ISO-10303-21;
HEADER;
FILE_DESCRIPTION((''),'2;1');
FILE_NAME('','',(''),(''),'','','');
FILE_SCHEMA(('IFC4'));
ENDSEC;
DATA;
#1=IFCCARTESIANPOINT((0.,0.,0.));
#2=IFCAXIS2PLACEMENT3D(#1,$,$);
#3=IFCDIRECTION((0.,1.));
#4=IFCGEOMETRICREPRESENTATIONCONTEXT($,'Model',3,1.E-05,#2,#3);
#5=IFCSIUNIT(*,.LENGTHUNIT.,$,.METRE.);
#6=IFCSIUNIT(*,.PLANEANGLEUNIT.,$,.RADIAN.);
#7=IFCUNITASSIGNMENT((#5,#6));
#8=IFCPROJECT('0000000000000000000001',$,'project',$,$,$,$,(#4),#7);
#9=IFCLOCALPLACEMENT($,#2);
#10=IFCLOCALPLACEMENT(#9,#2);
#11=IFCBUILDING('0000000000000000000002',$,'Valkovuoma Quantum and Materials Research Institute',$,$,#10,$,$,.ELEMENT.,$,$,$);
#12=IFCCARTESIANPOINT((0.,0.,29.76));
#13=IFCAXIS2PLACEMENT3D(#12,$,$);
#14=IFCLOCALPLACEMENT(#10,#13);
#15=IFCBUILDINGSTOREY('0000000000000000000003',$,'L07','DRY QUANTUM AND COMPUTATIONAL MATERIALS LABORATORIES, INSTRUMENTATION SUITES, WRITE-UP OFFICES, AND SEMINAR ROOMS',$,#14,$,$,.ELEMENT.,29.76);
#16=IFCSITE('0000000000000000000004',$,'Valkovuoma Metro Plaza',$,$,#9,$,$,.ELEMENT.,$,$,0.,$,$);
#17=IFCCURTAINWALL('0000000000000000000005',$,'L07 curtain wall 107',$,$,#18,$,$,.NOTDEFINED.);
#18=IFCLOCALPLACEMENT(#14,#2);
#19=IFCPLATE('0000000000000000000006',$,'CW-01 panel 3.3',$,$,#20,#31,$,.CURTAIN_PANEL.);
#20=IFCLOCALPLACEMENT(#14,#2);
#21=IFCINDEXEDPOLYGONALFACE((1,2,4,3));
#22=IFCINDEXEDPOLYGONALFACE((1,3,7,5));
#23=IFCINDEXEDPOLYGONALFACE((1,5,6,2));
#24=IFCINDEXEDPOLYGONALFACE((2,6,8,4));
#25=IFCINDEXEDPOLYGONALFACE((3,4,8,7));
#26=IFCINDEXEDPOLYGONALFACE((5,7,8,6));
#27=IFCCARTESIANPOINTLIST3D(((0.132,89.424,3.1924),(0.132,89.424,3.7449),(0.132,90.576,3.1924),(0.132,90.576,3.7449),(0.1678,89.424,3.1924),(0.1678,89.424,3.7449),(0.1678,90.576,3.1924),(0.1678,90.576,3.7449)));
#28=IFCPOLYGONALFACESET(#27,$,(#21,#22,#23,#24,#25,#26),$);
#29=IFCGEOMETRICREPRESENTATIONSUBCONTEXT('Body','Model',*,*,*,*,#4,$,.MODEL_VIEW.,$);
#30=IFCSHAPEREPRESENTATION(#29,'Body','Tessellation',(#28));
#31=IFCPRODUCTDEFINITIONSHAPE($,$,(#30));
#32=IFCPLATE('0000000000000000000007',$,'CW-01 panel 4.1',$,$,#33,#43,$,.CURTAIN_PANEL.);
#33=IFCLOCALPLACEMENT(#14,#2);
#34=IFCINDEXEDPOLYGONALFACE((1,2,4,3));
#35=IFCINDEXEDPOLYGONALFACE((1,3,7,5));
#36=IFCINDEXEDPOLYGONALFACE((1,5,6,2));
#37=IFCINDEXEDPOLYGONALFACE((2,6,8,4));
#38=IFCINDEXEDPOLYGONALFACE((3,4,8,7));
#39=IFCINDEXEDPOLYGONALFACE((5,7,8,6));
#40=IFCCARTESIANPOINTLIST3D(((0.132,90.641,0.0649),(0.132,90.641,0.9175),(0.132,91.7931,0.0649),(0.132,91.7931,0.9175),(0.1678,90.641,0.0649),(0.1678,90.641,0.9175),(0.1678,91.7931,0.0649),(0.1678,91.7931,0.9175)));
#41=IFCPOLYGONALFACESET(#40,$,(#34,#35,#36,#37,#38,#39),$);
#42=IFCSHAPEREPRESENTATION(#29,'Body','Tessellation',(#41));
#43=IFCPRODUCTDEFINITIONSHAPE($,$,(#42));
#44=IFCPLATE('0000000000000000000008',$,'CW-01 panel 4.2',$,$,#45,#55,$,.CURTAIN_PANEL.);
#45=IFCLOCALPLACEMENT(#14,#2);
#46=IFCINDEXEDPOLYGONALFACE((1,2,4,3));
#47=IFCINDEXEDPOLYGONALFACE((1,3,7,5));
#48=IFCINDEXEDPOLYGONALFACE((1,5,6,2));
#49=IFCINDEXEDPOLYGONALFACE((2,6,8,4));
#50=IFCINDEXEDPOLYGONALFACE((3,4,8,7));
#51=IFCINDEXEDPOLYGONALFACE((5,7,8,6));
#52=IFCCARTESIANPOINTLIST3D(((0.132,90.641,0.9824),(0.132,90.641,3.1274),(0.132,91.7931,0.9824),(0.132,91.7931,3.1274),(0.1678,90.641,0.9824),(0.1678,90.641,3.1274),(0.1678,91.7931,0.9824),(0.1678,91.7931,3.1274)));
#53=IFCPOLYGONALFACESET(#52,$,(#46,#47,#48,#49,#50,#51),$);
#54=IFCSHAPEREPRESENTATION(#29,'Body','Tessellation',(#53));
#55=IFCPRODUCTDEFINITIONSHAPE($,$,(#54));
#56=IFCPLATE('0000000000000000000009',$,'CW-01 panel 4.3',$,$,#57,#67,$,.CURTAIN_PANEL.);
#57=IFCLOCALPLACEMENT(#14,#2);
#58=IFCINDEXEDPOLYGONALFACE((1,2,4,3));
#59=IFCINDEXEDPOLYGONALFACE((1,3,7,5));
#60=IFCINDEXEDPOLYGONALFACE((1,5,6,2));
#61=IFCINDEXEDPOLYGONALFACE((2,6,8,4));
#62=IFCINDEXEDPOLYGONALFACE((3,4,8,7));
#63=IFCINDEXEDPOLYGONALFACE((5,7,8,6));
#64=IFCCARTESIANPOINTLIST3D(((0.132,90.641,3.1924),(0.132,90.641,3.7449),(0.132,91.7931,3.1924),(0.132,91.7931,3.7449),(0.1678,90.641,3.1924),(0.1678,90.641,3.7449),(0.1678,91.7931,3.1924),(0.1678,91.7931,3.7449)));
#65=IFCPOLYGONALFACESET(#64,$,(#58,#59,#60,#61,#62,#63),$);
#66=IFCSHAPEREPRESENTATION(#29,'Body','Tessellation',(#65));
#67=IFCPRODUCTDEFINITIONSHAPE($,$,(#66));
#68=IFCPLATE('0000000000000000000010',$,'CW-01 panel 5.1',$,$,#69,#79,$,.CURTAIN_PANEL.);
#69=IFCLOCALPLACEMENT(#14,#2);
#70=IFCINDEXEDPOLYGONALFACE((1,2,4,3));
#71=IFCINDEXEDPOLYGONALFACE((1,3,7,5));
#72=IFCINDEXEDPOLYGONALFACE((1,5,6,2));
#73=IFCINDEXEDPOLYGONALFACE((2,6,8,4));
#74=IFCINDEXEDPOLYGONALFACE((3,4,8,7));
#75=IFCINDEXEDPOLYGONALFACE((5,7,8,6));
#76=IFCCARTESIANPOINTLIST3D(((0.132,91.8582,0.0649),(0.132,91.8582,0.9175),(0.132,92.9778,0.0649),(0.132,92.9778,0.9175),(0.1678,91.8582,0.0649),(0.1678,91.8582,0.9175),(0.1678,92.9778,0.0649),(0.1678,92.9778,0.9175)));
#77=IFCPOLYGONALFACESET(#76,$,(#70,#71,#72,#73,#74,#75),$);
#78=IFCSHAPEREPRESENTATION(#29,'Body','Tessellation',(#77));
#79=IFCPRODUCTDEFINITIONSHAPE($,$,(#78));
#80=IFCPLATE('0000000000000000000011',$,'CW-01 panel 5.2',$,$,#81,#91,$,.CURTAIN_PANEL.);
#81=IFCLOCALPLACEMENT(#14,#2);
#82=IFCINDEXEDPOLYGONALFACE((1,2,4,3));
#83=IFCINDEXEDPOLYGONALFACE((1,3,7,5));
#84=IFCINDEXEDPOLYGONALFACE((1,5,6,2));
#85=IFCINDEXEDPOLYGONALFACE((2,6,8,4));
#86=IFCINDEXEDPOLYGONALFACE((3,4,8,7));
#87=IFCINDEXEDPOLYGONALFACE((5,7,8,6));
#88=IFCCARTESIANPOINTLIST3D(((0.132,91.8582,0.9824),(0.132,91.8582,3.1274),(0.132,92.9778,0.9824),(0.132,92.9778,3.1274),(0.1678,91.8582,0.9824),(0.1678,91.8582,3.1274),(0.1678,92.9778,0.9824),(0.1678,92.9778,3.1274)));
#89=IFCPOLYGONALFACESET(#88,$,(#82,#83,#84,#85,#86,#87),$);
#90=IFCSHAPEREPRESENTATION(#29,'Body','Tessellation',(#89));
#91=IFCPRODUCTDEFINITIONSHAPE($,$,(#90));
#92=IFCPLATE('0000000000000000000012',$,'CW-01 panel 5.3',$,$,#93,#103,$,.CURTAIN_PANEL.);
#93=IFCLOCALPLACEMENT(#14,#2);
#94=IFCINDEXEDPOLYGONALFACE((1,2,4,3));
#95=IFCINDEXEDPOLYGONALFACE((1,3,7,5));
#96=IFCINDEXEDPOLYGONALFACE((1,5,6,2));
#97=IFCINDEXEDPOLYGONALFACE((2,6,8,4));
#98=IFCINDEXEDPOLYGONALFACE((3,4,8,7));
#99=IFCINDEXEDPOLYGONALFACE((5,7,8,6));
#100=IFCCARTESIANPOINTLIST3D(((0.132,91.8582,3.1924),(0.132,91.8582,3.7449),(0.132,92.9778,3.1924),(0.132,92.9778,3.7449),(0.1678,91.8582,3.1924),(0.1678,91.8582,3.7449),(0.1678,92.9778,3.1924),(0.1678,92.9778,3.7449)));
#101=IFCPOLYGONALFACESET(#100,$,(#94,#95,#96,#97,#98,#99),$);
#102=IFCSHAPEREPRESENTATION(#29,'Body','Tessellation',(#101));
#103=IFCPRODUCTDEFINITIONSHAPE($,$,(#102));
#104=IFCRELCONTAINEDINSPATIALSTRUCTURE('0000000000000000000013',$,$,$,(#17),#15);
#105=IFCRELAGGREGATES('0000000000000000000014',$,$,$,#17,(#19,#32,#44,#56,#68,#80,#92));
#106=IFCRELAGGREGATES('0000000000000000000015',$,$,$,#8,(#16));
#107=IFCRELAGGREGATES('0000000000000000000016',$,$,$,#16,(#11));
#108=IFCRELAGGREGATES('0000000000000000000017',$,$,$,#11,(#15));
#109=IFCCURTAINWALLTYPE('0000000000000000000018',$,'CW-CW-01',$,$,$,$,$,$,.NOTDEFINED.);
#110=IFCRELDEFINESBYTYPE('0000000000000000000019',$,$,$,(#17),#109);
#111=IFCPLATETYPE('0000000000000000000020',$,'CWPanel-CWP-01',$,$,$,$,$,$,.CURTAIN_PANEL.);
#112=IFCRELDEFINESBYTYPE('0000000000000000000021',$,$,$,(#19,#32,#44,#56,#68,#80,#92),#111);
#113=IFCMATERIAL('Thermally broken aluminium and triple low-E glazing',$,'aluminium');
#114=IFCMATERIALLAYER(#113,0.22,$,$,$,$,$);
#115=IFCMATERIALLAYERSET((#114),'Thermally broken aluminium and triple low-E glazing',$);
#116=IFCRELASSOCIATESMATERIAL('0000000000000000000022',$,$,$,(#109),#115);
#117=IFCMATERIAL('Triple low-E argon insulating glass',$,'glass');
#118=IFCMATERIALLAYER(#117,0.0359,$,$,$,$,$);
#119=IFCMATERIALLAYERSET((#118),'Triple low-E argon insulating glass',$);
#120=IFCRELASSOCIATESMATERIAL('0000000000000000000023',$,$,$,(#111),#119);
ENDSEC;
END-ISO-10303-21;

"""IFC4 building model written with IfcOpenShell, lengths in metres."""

from ifc_helpers import new_model, si_unit, direction, frame, origin, origin_2d, place, context, subcontext, project, spatial, rectangle, extrude, material, layer, layer_set, type_object, element, aggregate, save


model = new_model("IFC4")

# Units and contexts
model_context = context("Model", 3, precision=1e-05, world=origin(), true_north=direction((0.0, 1.0)))
body_context = subcontext(model_context, "Body", "Model", "MODEL_VIEW")
ifc_project = project(units=[si_unit("LENGTHUNIT", "METRE"), si_unit("PLANEANGLEUNIT", "RADIAN")], contexts=[model_context])

# Site, building, storey
site_placement = place(None, origin())
site = spatial("IfcSite", under=ifc_project, at=site_placement, Name="Valkovuoma Metro Plaza", CompositionType="ELEMENT", RefElevation=0.0)
building_placement = place(site_placement, origin())
building = spatial("IfcBuilding", under=site, at=building_placement, Name="Valkovuoma Quantum and Materials Research Institute", CompositionType="ELEMENT")
storey_placement = place(building_placement, frame((0.0, 0.0, 29.76)))
storey = spatial("IfcBuildingStorey", under=building, at=storey_placement, Name="L07", Description="DRY QUANTUM AND COMPUTATIONAL MATERIALS LABORATORIES, INSTRUMENTATION SUITES, WRITE-UP OFFICES, AND SEMINAR ROOMS", CompositionType="ELEMENT", Elevation=29.76)

# Curtain wall, plates
ifc_material_1 = material(Name="Thermally broken aluminium and triple low-E glazing", Category="aluminium")
ifc_layer_1 = layer(ifc_material_1, 0.22)
ifc_layer_set_1 = layer_set([ifc_layer_1], Name="Thermally broken aluminium and triple low-E glazing")
curtain_wall_type = type_object("IfcCurtainWallType", Name="CW-CW-01", PredefinedType="NOTDEFINED", material=ifc_layer_set_1)
curtain_wall_placement = place(storey_placement, origin())
curtain_wall = element("IfcCurtainWall", 1, at=curtain_wall_placement, inside=storey, type_object=curtain_wall_type, Name="L07 curtain wall 107", PredefinedType="NOTDEFINED")
ifc_material_2 = material(Name="Triple low-E argon insulating glass", Category="glass")
ifc_layer_2 = layer(ifc_material_2, 0.0359)
ifc_layer_set_2 = layer_set([ifc_layer_2], Name="Triple low-E argon insulating glass")
plate_type = type_object("IfcPlateType", Name="CWPanel-CWP-01", PredefinedType="CURTAIN_PANEL", material=ifc_layer_set_2)
plate_1_placement = place(storey_placement, frame((0.1499, 90.0, 3.1924), z_axis=(0.0, 0.0, 1.0), x_axis=(0.0, 1.0, 0.0)))
plate_1 = element("IfcPlate", 2, at=plate_1_placement, type_object=plate_type, Name="CW-01 panel 3.3", PredefinedType="CURTAIN_PANEL", context=body_context, shape_type="SweptSolid", body=[
    extrude(rectangle(XDim=1.1521, YDim=0.0359, at=origin_2d()), origin(), (0.0, 0.0, 1.0), 0.5525),
])
plate_2_placement = place(storey_placement, frame((0.1499, 91.217, 0.0649), z_axis=(0.0, 0.0, 1.0), x_axis=(0.0, 1.0, 0.0)))
plate_2 = element("IfcPlate", 3, at=plate_2_placement, type_object=plate_type, Name="CW-01 panel 4.1", PredefinedType="CURTAIN_PANEL", context=body_context, shape_type="SweptSolid", body=[
    extrude(rectangle(XDim=1.1521, YDim=0.0359, at=origin_2d()), origin(), (0.0, 0.0, 1.0), 0.8525),
])
plate_3_placement = place(storey_placement, frame((0.1499, 91.217, 0.9824), z_axis=(0.0, 0.0, 1.0), x_axis=(0.0, 1.0, 0.0)))
plate_3 = element("IfcPlate", 4, at=plate_3_placement, type_object=plate_type, Name="CW-01 panel 4.2", PredefinedType="CURTAIN_PANEL", context=body_context, shape_type="SweptSolid", body=[
    extrude(rectangle(XDim=1.1521, YDim=0.0359, at=origin_2d()), origin(), (0.0, 0.0, 1.0), 2.145),
])
plate_4_placement = place(storey_placement, frame((0.1499, 91.217, 3.1924), z_axis=(0.0, 0.0, 1.0), x_axis=(0.0, 1.0, 0.0)))
plate_4 = element("IfcPlate", 5, at=plate_4_placement, type_object=plate_type, Name="CW-01 panel 4.3", PredefinedType="CURTAIN_PANEL", context=body_context, shape_type="SweptSolid", body=[
    extrude(rectangle(XDim=1.1521, YDim=0.0359, at=origin_2d()), origin(), (0.0, 0.0, 1.0), 0.5525),
])
plate_5_placement = place(storey_placement, frame((0.1499, 92.418, 0.0649), z_axis=(0.0, 0.0, 1.0), x_axis=(0.0, 1.0, 0.0)))
plate_5 = element("IfcPlate", 6, at=plate_5_placement, type_object=plate_type, Name="CW-01 panel 5.1", PredefinedType="CURTAIN_PANEL", context=body_context, shape_type="SweptSolid", body=[
    extrude(rectangle(XDim=1.1196, YDim=0.0359, at=origin_2d()), origin(), (0.0, 0.0, 1.0), 0.8525),
])
plate_6_placement = place(storey_placement, frame((0.1499, 92.418, 0.9824), z_axis=(0.0, 0.0, 1.0), x_axis=(0.0, 1.0, 0.0)))
plate_6 = element("IfcPlate", 7, at=plate_6_placement, type_object=plate_type, Name="CW-01 panel 5.2", PredefinedType="CURTAIN_PANEL", context=body_context, shape_type="SweptSolid", body=[
    extrude(rectangle(XDim=1.1196, YDim=0.0359, at=origin_2d()), origin(), (0.0, 0.0, 1.0), 2.145),
])
plate_7_placement = place(storey_placement, frame((0.1499, 92.418, 3.1924), z_axis=(0.0, 0.0, 1.0), x_axis=(0.0, 1.0, 0.0)))
plate_7 = element("IfcPlate", 8, at=plate_7_placement, type_object=plate_type, Name="CW-01 panel 5.3", PredefinedType="CURTAIN_PANEL", context=body_context, shape_type="SweptSolid", body=[
    extrude(rectangle(XDim=1.1196, YDim=0.0359, at=origin_2d()), origin(), (0.0, 0.0, 1.0), 0.5525),
])
aggregate(curtain_wall, [plate_1, plate_2, plate_3, plate_4, plate_5, plate_6, plate_7])

save(model, "model.ifc")
